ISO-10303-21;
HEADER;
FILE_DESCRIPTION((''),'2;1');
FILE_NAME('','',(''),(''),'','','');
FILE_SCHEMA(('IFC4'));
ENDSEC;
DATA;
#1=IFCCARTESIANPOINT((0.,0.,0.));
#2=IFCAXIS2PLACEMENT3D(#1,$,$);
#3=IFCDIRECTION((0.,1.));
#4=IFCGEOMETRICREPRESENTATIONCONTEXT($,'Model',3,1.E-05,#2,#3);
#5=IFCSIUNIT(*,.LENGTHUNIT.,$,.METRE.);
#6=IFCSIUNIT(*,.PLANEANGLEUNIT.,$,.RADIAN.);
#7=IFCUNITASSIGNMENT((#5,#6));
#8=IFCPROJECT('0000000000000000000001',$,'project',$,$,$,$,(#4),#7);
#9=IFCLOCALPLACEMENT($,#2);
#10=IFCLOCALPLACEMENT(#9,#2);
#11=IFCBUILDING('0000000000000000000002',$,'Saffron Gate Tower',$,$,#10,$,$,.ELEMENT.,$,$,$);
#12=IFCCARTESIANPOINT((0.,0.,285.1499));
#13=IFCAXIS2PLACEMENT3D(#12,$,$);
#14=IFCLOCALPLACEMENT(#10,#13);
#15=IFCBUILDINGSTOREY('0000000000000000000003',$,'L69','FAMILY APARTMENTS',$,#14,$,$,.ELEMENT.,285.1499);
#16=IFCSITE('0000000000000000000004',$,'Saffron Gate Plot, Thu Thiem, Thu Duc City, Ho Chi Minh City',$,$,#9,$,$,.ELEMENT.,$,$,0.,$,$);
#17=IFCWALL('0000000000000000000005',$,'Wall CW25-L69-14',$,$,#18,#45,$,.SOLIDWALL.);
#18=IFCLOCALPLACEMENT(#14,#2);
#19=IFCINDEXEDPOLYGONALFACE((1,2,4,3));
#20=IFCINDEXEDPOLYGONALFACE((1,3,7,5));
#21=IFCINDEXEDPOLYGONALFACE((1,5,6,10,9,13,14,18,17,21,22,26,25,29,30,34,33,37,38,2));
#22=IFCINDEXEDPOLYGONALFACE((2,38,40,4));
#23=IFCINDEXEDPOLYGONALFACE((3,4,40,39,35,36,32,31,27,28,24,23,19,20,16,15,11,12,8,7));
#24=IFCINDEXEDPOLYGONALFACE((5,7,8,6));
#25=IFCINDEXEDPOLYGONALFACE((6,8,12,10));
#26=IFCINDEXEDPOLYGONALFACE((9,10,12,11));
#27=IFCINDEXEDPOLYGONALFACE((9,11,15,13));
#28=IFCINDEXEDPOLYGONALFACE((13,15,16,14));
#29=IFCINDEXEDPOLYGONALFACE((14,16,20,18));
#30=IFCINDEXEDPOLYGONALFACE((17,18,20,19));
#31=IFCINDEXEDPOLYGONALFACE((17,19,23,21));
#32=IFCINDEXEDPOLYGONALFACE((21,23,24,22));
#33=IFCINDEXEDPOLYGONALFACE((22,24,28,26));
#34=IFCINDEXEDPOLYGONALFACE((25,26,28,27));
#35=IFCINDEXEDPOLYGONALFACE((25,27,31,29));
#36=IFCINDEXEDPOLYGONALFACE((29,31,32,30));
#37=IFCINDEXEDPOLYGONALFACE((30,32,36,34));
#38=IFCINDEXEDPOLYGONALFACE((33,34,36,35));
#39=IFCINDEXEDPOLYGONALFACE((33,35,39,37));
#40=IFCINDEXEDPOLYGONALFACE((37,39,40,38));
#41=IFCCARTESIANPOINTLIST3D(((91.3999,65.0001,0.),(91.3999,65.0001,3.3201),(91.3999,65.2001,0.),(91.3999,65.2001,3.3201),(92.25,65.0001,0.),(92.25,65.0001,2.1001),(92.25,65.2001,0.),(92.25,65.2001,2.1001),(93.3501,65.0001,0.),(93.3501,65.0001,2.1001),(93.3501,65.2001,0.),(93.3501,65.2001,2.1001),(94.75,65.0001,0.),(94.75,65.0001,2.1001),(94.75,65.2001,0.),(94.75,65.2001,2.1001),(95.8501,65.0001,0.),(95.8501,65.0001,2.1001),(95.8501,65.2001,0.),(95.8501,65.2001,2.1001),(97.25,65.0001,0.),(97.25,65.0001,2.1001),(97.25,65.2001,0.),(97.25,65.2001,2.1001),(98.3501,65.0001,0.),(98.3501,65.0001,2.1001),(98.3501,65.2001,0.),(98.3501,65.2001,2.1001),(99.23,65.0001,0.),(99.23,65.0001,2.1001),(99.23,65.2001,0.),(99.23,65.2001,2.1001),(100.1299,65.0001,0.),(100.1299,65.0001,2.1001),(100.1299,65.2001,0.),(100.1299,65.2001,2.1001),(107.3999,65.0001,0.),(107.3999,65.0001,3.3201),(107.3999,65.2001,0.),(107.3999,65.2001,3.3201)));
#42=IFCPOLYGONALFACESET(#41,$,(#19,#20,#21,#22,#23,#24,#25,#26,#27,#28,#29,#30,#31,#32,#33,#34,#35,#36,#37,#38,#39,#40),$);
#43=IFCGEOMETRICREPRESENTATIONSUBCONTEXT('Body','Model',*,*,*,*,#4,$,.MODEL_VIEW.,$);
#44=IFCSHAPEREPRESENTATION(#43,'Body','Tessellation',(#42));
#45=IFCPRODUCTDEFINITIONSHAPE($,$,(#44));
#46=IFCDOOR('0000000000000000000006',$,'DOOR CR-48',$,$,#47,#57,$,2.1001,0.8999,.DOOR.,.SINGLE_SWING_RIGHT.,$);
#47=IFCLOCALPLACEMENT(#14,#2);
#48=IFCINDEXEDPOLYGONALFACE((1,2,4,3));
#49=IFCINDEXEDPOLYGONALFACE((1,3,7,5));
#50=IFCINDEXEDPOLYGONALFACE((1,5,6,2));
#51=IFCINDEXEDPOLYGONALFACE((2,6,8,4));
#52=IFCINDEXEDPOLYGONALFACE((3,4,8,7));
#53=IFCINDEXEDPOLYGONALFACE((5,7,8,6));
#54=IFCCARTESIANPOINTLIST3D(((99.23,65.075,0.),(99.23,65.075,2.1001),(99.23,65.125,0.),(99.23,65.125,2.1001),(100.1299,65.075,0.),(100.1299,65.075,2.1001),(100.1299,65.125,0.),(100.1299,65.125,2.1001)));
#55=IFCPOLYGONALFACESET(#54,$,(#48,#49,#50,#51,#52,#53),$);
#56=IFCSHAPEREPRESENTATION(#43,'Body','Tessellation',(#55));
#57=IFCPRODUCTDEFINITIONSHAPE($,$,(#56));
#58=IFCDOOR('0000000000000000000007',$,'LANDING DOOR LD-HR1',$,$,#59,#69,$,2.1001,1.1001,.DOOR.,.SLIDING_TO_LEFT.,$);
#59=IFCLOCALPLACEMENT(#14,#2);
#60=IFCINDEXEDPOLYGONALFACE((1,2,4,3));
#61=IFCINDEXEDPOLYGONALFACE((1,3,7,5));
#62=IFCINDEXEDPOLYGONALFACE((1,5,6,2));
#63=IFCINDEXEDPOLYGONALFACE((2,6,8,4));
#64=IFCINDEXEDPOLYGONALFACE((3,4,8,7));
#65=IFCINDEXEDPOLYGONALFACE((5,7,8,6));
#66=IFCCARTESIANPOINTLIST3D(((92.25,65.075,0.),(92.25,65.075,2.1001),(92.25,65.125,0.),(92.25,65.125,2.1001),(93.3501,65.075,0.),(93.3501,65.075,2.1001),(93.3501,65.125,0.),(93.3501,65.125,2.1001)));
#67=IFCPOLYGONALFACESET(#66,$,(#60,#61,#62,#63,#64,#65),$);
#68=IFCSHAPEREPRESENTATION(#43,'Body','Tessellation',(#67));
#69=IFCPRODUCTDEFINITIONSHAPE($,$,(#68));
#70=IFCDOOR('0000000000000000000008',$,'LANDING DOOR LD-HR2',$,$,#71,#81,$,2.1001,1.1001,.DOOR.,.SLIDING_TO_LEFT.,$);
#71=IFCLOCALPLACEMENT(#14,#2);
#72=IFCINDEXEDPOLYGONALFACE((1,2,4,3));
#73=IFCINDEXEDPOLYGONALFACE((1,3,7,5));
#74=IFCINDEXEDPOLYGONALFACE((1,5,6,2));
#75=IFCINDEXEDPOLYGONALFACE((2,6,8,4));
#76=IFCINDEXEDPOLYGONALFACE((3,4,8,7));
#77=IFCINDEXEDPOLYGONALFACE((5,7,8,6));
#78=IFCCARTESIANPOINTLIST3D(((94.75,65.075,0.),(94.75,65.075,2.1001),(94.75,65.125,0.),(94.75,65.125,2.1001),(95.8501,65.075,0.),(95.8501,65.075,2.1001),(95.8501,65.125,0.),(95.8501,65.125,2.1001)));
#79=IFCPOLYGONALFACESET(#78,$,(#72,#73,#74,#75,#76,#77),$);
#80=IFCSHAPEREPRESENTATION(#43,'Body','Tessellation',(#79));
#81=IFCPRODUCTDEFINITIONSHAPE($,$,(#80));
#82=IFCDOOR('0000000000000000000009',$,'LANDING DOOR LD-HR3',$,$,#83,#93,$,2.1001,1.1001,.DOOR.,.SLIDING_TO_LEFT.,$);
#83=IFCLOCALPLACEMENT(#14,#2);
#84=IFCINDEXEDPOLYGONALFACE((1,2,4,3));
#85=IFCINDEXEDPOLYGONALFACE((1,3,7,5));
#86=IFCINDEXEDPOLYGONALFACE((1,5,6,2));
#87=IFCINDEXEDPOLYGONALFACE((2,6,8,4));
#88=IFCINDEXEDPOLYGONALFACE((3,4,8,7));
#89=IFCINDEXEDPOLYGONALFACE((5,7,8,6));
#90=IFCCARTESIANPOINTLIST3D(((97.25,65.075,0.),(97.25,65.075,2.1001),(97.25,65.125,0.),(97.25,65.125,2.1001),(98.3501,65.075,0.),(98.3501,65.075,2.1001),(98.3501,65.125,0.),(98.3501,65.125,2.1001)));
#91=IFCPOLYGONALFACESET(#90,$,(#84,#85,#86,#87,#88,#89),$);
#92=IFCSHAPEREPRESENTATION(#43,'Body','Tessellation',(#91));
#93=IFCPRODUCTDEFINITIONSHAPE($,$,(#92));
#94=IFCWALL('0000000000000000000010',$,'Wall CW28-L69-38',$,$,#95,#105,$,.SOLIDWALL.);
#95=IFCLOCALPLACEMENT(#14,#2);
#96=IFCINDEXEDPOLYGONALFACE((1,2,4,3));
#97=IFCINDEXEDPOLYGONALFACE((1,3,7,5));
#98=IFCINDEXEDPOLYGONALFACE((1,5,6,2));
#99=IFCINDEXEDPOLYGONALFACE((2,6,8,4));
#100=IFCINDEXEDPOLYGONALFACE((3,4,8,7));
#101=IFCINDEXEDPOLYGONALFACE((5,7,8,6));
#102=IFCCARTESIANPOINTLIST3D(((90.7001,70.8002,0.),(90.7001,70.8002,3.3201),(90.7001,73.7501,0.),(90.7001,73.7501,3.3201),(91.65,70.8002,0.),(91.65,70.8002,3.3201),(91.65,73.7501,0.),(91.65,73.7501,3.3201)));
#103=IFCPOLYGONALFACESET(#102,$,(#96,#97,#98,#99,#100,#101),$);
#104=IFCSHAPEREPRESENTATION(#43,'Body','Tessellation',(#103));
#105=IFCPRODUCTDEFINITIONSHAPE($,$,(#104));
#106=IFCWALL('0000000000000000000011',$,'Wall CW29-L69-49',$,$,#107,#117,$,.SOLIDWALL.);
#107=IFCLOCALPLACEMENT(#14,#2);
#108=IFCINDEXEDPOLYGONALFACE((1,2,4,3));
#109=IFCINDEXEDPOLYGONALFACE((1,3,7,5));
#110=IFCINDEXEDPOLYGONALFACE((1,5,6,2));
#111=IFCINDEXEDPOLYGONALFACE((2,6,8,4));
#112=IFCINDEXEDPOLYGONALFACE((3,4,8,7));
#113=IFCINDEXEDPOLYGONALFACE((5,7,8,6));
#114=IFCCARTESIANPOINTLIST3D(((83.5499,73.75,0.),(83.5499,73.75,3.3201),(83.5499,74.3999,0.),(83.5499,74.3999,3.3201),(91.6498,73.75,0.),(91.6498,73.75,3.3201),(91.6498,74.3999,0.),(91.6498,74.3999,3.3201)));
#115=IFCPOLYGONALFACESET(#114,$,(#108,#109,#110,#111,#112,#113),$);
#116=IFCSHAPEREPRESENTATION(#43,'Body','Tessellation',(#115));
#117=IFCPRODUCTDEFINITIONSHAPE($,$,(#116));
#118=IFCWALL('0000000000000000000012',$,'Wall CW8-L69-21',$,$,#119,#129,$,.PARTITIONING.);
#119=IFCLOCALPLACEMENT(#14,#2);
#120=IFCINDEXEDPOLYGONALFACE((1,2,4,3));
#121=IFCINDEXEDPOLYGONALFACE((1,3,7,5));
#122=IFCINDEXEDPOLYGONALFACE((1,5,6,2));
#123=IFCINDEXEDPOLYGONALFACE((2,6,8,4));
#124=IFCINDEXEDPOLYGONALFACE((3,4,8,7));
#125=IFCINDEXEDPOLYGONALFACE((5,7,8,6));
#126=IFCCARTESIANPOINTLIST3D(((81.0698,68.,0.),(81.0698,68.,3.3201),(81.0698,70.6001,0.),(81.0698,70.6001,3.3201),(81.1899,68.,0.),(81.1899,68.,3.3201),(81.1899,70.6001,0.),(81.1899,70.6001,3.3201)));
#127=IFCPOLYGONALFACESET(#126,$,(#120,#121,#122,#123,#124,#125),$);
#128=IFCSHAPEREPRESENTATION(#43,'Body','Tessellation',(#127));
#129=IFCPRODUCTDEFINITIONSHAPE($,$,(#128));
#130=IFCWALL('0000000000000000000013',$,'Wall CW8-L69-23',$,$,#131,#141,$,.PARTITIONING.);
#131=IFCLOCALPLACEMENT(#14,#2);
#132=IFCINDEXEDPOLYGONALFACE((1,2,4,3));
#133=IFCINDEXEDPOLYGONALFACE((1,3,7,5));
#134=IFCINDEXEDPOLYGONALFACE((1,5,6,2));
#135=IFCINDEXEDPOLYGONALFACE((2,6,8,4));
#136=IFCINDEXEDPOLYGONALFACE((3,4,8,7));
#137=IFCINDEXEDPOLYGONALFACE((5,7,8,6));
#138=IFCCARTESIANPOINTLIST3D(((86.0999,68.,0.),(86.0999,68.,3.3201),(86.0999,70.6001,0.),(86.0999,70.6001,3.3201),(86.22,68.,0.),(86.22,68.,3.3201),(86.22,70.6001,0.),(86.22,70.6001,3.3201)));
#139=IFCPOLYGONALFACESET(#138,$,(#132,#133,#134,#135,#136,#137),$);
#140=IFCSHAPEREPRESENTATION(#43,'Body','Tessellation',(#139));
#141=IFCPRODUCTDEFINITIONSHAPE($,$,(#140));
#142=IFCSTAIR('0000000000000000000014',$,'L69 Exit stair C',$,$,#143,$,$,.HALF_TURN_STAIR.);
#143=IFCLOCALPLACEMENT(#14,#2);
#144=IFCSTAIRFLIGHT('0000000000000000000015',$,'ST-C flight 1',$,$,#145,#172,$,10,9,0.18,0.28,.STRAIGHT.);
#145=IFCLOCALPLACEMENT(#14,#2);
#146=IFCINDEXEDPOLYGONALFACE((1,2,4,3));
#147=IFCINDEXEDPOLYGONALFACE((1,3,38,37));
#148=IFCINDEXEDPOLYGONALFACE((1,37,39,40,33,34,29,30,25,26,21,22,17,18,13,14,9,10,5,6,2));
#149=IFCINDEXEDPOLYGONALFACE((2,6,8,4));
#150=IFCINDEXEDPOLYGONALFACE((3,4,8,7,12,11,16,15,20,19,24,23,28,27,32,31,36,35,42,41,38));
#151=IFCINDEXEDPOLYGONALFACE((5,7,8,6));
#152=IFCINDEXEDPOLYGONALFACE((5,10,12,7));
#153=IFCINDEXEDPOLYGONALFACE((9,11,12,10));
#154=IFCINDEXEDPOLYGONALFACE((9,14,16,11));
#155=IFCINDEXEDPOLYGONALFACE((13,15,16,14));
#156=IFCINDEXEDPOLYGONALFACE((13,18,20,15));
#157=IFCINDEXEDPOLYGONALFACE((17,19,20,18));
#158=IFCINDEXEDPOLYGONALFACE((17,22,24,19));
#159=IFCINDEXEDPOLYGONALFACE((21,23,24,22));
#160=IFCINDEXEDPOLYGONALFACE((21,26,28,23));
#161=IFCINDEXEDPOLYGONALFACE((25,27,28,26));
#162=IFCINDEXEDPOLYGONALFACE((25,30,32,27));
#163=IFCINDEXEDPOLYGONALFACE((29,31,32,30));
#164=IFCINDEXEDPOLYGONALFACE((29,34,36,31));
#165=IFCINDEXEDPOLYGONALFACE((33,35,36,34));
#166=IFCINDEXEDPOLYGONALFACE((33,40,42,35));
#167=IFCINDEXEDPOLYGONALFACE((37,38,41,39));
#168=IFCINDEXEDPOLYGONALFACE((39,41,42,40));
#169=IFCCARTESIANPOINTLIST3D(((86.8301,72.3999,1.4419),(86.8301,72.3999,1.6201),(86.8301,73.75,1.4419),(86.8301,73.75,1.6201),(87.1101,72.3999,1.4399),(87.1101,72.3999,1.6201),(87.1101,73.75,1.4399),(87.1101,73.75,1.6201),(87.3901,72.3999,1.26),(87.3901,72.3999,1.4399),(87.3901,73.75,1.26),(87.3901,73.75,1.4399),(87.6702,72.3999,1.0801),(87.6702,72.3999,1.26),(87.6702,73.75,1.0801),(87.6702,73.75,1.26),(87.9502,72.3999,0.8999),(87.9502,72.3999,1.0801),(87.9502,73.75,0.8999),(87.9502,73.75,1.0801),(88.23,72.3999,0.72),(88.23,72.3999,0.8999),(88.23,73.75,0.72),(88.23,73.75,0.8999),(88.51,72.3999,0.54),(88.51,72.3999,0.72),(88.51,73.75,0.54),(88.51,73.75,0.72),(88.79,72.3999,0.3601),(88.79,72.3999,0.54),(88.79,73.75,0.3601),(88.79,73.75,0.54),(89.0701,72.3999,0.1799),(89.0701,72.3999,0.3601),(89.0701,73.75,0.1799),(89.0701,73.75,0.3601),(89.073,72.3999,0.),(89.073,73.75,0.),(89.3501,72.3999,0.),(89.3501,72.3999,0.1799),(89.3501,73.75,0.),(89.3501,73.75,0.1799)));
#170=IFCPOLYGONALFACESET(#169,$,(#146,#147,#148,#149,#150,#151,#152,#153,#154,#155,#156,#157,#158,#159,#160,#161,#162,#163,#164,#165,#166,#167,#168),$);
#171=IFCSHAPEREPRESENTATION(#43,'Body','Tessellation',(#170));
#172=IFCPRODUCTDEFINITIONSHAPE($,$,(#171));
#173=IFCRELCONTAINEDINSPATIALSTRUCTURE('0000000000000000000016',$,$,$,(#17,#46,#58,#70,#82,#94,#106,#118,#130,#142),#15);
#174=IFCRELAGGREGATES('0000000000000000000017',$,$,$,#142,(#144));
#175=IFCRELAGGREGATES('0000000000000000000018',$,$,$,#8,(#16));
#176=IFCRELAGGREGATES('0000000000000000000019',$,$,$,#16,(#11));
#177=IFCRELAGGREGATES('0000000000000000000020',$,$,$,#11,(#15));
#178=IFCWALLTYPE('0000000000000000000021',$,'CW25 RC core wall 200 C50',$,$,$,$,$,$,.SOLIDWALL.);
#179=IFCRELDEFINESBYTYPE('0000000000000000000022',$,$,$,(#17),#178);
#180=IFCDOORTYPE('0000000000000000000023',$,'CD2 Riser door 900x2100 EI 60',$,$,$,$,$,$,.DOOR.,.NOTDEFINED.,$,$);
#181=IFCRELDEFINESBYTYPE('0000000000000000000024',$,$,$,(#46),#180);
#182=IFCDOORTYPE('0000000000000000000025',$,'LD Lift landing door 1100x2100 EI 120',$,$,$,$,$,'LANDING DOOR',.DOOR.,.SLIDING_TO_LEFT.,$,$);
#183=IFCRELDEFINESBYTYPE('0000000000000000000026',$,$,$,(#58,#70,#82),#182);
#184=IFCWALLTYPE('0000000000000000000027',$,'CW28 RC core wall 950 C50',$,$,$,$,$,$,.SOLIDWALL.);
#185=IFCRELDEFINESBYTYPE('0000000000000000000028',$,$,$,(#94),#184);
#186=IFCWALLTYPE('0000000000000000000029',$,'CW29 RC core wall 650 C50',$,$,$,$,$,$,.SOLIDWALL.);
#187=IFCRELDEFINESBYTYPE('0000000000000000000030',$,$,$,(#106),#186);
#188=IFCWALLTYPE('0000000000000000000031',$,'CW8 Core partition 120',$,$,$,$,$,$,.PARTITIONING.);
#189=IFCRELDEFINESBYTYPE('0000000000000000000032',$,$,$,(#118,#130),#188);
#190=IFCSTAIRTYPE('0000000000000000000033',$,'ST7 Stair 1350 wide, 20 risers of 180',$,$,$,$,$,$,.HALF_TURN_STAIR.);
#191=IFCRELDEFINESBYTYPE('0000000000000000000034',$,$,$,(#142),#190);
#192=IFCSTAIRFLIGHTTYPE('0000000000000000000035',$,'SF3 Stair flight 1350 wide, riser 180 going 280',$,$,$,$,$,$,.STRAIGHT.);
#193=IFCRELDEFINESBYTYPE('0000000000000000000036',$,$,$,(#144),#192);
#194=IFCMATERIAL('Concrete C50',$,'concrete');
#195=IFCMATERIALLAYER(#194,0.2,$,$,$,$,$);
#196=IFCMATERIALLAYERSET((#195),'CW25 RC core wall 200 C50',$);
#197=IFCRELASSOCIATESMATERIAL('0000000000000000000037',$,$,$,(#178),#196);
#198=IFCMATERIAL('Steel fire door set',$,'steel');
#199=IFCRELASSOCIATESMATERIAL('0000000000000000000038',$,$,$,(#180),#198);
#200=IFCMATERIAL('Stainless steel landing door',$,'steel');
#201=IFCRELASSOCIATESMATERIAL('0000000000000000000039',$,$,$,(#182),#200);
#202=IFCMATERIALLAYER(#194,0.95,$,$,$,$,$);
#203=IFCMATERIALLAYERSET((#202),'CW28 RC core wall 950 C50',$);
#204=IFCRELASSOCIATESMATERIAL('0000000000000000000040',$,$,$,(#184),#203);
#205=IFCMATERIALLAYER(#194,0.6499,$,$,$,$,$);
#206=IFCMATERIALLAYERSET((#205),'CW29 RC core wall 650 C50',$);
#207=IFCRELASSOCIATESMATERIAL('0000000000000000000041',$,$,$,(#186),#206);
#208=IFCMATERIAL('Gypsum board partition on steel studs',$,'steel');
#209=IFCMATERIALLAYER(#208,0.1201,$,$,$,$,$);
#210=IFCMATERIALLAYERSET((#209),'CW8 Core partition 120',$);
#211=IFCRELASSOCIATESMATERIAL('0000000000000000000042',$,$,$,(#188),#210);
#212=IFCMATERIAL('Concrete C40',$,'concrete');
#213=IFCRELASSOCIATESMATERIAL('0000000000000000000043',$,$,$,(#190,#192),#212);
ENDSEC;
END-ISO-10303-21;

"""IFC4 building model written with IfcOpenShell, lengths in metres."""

from ifc_helpers import new_model, si_unit, direction, frame, frame_2d, origin, place, context, subcontext, project, spatial, polyline, rectangle, outline, extrude, material, layer, layer_set, type_object, element, fill, aggregate, save


model = new_model("IFC4")

# Units and contexts
model_context = context("Model", 3, precision=1e-05, world=origin(), true_north=direction((0.0, 1.0)))
body_context = subcontext(model_context, "Body", "Model", "MODEL_VIEW")
ifc_project = project(units=[si_unit("LENGTHUNIT", "METRE"), si_unit("PLANEANGLEUNIT", "RADIAN")], contexts=[model_context])

# Site, building, storey
site_placement = place(None, origin())
site = spatial("IfcSite", under=ifc_project, at=site_placement, Name="Saffron Gate Plot, Thu Thiem, Thu Duc City, Ho Chi Minh City", CompositionType="ELEMENT", RefElevation=0.0)
building_placement = place(site_placement, origin())
building = spatial("IfcBuilding", under=site, at=building_placement, Name="Saffron Gate Tower", CompositionType="ELEMENT")
storey_placement = place(building_placement, frame((0.0, 0.0, 285.1499)))
storey = spatial("IfcBuildingStorey", under=building, at=storey_placement, Name="L69", Description="FAMILY APARTMENTS", CompositionType="ELEMENT", Elevation=285.1499)

# Shared definitions
ifc_material_1 = material(Name="Gypsum board partition on steel studs", Category="steel")

# Shared definitions
ifc_material_2 = material(Name="Concrete C50", Category="concrete")
ifc_material_3 = material(Name="Steel fire door set", Category="steel")

# Wall, openings, doors
ifc_layer_1 = layer(ifc_material_2, 0.2)
ifc_layer_set_1 = layer_set([ifc_layer_1], Name="CW25 RC core wall 200 C50")
wall_type_1 = type_object("IfcWallType", Name="CW25 RC core wall 200 C50", PredefinedType="SOLIDWALL", material=ifc_layer_set_1)
wall_1_placement = place(storey_placement, frame((91.3999, 65.1001, 0.0), z_axis=(0.0, 0.0, 1.0), x_axis=(1.0, 0.0, 0.0)))
wall_1 = element("IfcWall", 1, at=wall_1_placement, inside=storey, type_object=wall_type_1, Name="Wall CW25-L69-14", PredefinedType="SOLIDWALL", context=body_context, shape_type="SweptSolid", body=[
    extrude(rectangle(XDim=16.0, YDim=0.2, at=frame_2d((8.0, 0.0))), origin(), (0.0, 0.0, 1.0), 3.3201),
])
opening_1_placement = place(wall_1_placement, frame((0.8501, 0.0, 0.0)))
opening_1 = element("IfcOpeningElement", 2, at=opening_1_placement, cuts=wall_1, PredefinedType="OPENING", context=body_context, shape_type="SweptSolid", body=[
    extrude(rectangle(XDim=1.1001, YDim=2.1001, at=frame_2d((0.55, 1.05))), frame((0.0, 0.1099, 0.0), z_axis=(0.0, -1.0, 0.0), x_axis=(1.0, 0.0, 0.0)), (0.0, 0.0, 1.0), 0.22),
])
opening_2_placement = place(wall_1_placement, frame((3.3501, 0.0, 0.0)))
opening_2 = element("IfcOpeningElement", 3, at=opening_2_placement, cuts=wall_1, PredefinedType="OPENING", context=body_context, shape_type="SweptSolid", body=[
    extrude(rectangle(XDim=1.1001, YDim=2.1001, at=frame_2d((0.55, 1.05))), frame((0.0, 0.1099, 0.0), z_axis=(0.0, -1.0, 0.0), x_axis=(1.0, 0.0, 0.0)), (0.0, 0.0, 1.0), 0.22),
])
opening_3_placement = place(wall_1_placement, frame((5.8501, 0.0, 0.0)))
opening_3 = element("IfcOpeningElement", 4, at=opening_3_placement, cuts=wall_1, PredefinedType="OPENING", context=body_context, shape_type="SweptSolid", body=[
    extrude(rectangle(XDim=1.1001, YDim=2.1001, at=frame_2d((0.55, 1.05))), frame((0.0, 0.1099, 0.0), z_axis=(0.0, -1.0, 0.0), x_axis=(1.0, 0.0, 0.0)), (0.0, 0.0, 1.0), 0.22),
])
opening_4_placement = place(wall_1_placement, frame((7.8301, 0.0, 0.0)))
opening_4 = element("IfcOpeningElement", 5, at=opening_4_placement, cuts=wall_1, PredefinedType="OPENING", context=body_context, shape_type="SweptSolid", body=[
    extrude(rectangle(XDim=0.8999, YDim=2.1001, at=frame_2d((0.45, 1.05))), frame((0.0, 0.1099, 0.0), z_axis=(0.0, -1.0, 0.0), x_axis=(1.0, 0.0, 0.0)), (0.0, 0.0, 1.0), 0.22),
])
door_type_1 = type_object("IfcDoorType", Name="CD2 Riser door 900x2100 EI 60", OperationType="NOTDEFINED", PredefinedType="DOOR", material=ifc_material_3)
door_1_placement = place(opening_4_placement, origin())
door_1 = element("IfcDoor", 6, at=door_1_placement, inside=storey, type_object=door_type_1, Name="DOOR CR-48", OperationType="SINGLE_SWING_RIGHT", OverallHeight=2.1001, OverallWidth=0.8999, PredefinedType="DOOR", context=body_context, shape_type="SweptSolid", body=[
    extrude(rectangle(XDim=0.8999, YDim=2.1001, at=frame_2d((0.45, 1.05))), frame((0.0, 0.0249, 0.0), z_axis=(0.0, -1.0, 0.0), x_axis=(1.0, 0.0, 0.0)), (0.0, 0.0, 1.0), 0.05),
])
fill(opening_4, door_1)
ifc_material_4 = material(Name="Stainless steel landing door", Category="steel")
door_type_2 = type_object("IfcDoorType", Name="LD Lift landing door 1100x2100 EI 120", ElementType="LANDING DOOR", OperationType="SLIDING_TO_LEFT", PredefinedType="DOOR", material=ifc_material_4)
door_2_placement = place(opening_1_placement, origin())
door_2 = element("IfcDoor", 7, at=door_2_placement, inside=storey, type_object=door_type_2, Name="LANDING DOOR LD-HR1", OperationType="SLIDING_TO_LEFT", OverallHeight=2.1001, OverallWidth=1.1001, PredefinedType="DOOR", context=body_context, shape_type="SweptSolid", body=[
    extrude(rectangle(XDim=1.1001, YDim=2.1001, at=frame_2d((0.55, 1.05))), frame((0.0, 0.0249, 0.0), z_axis=(0.0, -1.0, 0.0), x_axis=(1.0, 0.0, 0.0)), (0.0, 0.0, 1.0), 0.05),
])
fill(opening_1, door_2)
door_3_placement = place(opening_2_placement, origin())
door_3 = element("IfcDoor", 8, at=door_3_placement, inside=storey, type_object=door_type_2, Name="LANDING DOOR LD-HR2", OperationType="SLIDING_TO_LEFT", OverallHeight=2.1001, OverallWidth=1.1001, PredefinedType="DOOR", context=body_context, shape_type="SweptSolid", body=[
    extrude(rectangle(XDim=1.1001, YDim=2.1001, at=frame_2d((0.55, 1.05))), frame((0.0, 0.0249, 0.0), z_axis=(0.0, -1.0, 0.0), x_axis=(1.0, 0.0, 0.0)), (0.0, 0.0, 1.0), 0.05),
])
fill(opening_2, door_3)
door_4_placement = place(opening_3_placement, origin())
door_4 = element("IfcDoor", 9, at=door_4_placement, inside=storey, type_object=door_type_2, Name="LANDING DOOR LD-HR3", OperationType="SLIDING_TO_LEFT", OverallHeight=2.1001, OverallWidth=1.1001, PredefinedType="DOOR", context=body_context, shape_type="SweptSolid", body=[
    extrude(rectangle(XDim=1.1001, YDim=2.1001, at=frame_2d((0.55, 1.05))), frame((0.0, 0.0249, 0.0), z_axis=(0.0, -1.0, 0.0), x_axis=(1.0, 0.0, 0.0)), (0.0, 0.0, 1.0), 0.05),
])
fill(opening_3, door_4)

# Walls
ifc_layer_2 = layer(ifc_material_2, 0.95)
ifc_layer_set_2 = layer_set([ifc_layer_2], Name="CW28 RC core wall 950 C50")
wall_type_2 = type_object("IfcWallType", Name="CW28 RC core wall 950 C50", PredefinedType="SOLIDWALL", material=ifc_layer_set_2)
wall_2_placement = place(storey_placement, frame((91.175, 70.8, 0.0), z_axis=(0.0, 0.0, 1.0), x_axis=(0.0, 1.0, 0.0)))
element("IfcWall", 10, at=wall_2_placement, inside=storey, type_object=wall_type_2, Name="Wall CW28-L69-38", PredefinedType="SOLIDWALL", context=body_context, shape_type="SweptSolid", body=[
    extrude(rectangle(XDim=2.95, YDim=0.95, at=frame_2d((1.4751, 0.0))), origin(), (0.0, 0.0, 1.0), 3.3201),
])
ifc_layer_3 = layer(ifc_material_2, 0.6499)
ifc_layer_set_3 = layer_set([ifc_layer_3], Name="CW29 RC core wall 650 C50")
wall_type_3 = type_object("IfcWallType", Name="CW29 RC core wall 650 C50", PredefinedType="SOLIDWALL", material=ifc_layer_set_3)
wall_3_placement = place(storey_placement, frame((83.55, 74.075, 0.0), z_axis=(0.0, 0.0, 1.0), x_axis=(1.0, 0.0, 0.0)))
element("IfcWall", 11, at=wall_3_placement, inside=storey, type_object=wall_type_3, Name="Wall CW29-L69-49", PredefinedType="SOLIDWALL", context=body_context, shape_type="SweptSolid", body=[
    extrude(rectangle(XDim=8.0999, YDim=0.6499, at=frame_2d((4.0498, 0.0))), origin(), (0.0, 0.0, 1.0), 3.3201),
])
ifc_layer_4 = layer(ifc_material_1, 0.1201)
ifc_layer_set_4 = layer_set([ifc_layer_4], Name="CW8 Core partition 120")
wall_type_4 = type_object("IfcWallType", Name="CW8 Core partition 120", PredefinedType="PARTITIONING", material=ifc_layer_set_4)
for number, where, z_axis, x_axis, name in (
    (12, (81.1299, 68.0, 0.0), (0.0, 0.0, 1.0), (0.0, 1.0, 0.0), "Wall CW8-L69-21"),
    (13, (86.1599, 68.0, 0.0), (0.0, 0.0, 1.0), (0.0, 1.0, 0.0), "Wall CW8-L69-23"),
):
    element("IfcWall", number, at=place(storey_placement, frame(where, z_axis=z_axis, x_axis=x_axis)), inside=storey, type_object=wall_type_4, Name=name, PredefinedType="PARTITIONING", context=body_context, shape_type="SweptSolid", body=[
        extrude(rectangle(XDim=2.6001, YDim=0.1201, at=frame_2d((1.3, 0.0))), origin(), (0.0, 0.0, 1.0), 3.3201),
    ])

# Stair, stair flight
ifc_material_5 = material(Name="Concrete C40", Category="concrete")
stair_type = type_object("IfcStairType", Name="ST7 Stair 1350 wide, 20 risers of 180", PredefinedType="HALF_TURN_STAIR", material=ifc_material_5)
stair_placement = place(storey_placement, origin())
stair = element("IfcStair", 14, at=stair_placement, inside=storey, type_object=stair_type, Name="L69 Exit stair C", PredefinedType="HALF_TURN_STAIR")
stair_flight_type = type_object("IfcStairFlightType", Name="SF3 Stair flight 1350 wide, riser 180 going 280", PredefinedType="STRAIGHT", material=ifc_material_5)
stair_flight_1_placement = place(storey_placement, frame((89.3501, 73.075, 0.0), z_axis=(0.0, 0.0, 1.0), x_axis=(-1.0, 0.0, 0.0)))
stair_flight_1 = element("IfcStairFlight", 15, at=stair_flight_1_placement, type_object=stair_flight_type, Name="ST-C flight 1", NumberOfRisers=10, NumberOfTreads=9, PredefinedType="STRAIGHT", RiserHeight=0.18, TreadLength=0.28, context=body_context, shape_type="SweptSolid", body=[
    extrude(outline(polyline([(0.0, 0.0), (0.0, 0.1799), (0.28, 0.1799), (0.28, 0.3601), (0.5601, 0.3601), (0.5601, 0.54), (0.8401, 0.54), (0.8401, 0.72), (1.1201, 0.72), (1.1201, 0.8999), (1.3999, 0.8999), (1.3999, 1.0801), (1.6799, 1.0801), (1.6799, 1.26), (1.96, 1.26), (1.96, 1.4399), (2.24, 1.4399), (2.24, 1.6201), (2.52, 1.6201), (2.52, 1.8), (2.52, 1.4419), (0.2771, 0.0), (0.0, 0.0)])), frame((0.0, 0.675, 0.0), z_axis=(0.0, -1.0, 0.0), x_axis=(1.0, 0.0, 0.0)), (0.0, 0.0, 1.0), 1.3501),
])
aggregate(stair, [stair_flight_1])

save(model, "model.ifc")
